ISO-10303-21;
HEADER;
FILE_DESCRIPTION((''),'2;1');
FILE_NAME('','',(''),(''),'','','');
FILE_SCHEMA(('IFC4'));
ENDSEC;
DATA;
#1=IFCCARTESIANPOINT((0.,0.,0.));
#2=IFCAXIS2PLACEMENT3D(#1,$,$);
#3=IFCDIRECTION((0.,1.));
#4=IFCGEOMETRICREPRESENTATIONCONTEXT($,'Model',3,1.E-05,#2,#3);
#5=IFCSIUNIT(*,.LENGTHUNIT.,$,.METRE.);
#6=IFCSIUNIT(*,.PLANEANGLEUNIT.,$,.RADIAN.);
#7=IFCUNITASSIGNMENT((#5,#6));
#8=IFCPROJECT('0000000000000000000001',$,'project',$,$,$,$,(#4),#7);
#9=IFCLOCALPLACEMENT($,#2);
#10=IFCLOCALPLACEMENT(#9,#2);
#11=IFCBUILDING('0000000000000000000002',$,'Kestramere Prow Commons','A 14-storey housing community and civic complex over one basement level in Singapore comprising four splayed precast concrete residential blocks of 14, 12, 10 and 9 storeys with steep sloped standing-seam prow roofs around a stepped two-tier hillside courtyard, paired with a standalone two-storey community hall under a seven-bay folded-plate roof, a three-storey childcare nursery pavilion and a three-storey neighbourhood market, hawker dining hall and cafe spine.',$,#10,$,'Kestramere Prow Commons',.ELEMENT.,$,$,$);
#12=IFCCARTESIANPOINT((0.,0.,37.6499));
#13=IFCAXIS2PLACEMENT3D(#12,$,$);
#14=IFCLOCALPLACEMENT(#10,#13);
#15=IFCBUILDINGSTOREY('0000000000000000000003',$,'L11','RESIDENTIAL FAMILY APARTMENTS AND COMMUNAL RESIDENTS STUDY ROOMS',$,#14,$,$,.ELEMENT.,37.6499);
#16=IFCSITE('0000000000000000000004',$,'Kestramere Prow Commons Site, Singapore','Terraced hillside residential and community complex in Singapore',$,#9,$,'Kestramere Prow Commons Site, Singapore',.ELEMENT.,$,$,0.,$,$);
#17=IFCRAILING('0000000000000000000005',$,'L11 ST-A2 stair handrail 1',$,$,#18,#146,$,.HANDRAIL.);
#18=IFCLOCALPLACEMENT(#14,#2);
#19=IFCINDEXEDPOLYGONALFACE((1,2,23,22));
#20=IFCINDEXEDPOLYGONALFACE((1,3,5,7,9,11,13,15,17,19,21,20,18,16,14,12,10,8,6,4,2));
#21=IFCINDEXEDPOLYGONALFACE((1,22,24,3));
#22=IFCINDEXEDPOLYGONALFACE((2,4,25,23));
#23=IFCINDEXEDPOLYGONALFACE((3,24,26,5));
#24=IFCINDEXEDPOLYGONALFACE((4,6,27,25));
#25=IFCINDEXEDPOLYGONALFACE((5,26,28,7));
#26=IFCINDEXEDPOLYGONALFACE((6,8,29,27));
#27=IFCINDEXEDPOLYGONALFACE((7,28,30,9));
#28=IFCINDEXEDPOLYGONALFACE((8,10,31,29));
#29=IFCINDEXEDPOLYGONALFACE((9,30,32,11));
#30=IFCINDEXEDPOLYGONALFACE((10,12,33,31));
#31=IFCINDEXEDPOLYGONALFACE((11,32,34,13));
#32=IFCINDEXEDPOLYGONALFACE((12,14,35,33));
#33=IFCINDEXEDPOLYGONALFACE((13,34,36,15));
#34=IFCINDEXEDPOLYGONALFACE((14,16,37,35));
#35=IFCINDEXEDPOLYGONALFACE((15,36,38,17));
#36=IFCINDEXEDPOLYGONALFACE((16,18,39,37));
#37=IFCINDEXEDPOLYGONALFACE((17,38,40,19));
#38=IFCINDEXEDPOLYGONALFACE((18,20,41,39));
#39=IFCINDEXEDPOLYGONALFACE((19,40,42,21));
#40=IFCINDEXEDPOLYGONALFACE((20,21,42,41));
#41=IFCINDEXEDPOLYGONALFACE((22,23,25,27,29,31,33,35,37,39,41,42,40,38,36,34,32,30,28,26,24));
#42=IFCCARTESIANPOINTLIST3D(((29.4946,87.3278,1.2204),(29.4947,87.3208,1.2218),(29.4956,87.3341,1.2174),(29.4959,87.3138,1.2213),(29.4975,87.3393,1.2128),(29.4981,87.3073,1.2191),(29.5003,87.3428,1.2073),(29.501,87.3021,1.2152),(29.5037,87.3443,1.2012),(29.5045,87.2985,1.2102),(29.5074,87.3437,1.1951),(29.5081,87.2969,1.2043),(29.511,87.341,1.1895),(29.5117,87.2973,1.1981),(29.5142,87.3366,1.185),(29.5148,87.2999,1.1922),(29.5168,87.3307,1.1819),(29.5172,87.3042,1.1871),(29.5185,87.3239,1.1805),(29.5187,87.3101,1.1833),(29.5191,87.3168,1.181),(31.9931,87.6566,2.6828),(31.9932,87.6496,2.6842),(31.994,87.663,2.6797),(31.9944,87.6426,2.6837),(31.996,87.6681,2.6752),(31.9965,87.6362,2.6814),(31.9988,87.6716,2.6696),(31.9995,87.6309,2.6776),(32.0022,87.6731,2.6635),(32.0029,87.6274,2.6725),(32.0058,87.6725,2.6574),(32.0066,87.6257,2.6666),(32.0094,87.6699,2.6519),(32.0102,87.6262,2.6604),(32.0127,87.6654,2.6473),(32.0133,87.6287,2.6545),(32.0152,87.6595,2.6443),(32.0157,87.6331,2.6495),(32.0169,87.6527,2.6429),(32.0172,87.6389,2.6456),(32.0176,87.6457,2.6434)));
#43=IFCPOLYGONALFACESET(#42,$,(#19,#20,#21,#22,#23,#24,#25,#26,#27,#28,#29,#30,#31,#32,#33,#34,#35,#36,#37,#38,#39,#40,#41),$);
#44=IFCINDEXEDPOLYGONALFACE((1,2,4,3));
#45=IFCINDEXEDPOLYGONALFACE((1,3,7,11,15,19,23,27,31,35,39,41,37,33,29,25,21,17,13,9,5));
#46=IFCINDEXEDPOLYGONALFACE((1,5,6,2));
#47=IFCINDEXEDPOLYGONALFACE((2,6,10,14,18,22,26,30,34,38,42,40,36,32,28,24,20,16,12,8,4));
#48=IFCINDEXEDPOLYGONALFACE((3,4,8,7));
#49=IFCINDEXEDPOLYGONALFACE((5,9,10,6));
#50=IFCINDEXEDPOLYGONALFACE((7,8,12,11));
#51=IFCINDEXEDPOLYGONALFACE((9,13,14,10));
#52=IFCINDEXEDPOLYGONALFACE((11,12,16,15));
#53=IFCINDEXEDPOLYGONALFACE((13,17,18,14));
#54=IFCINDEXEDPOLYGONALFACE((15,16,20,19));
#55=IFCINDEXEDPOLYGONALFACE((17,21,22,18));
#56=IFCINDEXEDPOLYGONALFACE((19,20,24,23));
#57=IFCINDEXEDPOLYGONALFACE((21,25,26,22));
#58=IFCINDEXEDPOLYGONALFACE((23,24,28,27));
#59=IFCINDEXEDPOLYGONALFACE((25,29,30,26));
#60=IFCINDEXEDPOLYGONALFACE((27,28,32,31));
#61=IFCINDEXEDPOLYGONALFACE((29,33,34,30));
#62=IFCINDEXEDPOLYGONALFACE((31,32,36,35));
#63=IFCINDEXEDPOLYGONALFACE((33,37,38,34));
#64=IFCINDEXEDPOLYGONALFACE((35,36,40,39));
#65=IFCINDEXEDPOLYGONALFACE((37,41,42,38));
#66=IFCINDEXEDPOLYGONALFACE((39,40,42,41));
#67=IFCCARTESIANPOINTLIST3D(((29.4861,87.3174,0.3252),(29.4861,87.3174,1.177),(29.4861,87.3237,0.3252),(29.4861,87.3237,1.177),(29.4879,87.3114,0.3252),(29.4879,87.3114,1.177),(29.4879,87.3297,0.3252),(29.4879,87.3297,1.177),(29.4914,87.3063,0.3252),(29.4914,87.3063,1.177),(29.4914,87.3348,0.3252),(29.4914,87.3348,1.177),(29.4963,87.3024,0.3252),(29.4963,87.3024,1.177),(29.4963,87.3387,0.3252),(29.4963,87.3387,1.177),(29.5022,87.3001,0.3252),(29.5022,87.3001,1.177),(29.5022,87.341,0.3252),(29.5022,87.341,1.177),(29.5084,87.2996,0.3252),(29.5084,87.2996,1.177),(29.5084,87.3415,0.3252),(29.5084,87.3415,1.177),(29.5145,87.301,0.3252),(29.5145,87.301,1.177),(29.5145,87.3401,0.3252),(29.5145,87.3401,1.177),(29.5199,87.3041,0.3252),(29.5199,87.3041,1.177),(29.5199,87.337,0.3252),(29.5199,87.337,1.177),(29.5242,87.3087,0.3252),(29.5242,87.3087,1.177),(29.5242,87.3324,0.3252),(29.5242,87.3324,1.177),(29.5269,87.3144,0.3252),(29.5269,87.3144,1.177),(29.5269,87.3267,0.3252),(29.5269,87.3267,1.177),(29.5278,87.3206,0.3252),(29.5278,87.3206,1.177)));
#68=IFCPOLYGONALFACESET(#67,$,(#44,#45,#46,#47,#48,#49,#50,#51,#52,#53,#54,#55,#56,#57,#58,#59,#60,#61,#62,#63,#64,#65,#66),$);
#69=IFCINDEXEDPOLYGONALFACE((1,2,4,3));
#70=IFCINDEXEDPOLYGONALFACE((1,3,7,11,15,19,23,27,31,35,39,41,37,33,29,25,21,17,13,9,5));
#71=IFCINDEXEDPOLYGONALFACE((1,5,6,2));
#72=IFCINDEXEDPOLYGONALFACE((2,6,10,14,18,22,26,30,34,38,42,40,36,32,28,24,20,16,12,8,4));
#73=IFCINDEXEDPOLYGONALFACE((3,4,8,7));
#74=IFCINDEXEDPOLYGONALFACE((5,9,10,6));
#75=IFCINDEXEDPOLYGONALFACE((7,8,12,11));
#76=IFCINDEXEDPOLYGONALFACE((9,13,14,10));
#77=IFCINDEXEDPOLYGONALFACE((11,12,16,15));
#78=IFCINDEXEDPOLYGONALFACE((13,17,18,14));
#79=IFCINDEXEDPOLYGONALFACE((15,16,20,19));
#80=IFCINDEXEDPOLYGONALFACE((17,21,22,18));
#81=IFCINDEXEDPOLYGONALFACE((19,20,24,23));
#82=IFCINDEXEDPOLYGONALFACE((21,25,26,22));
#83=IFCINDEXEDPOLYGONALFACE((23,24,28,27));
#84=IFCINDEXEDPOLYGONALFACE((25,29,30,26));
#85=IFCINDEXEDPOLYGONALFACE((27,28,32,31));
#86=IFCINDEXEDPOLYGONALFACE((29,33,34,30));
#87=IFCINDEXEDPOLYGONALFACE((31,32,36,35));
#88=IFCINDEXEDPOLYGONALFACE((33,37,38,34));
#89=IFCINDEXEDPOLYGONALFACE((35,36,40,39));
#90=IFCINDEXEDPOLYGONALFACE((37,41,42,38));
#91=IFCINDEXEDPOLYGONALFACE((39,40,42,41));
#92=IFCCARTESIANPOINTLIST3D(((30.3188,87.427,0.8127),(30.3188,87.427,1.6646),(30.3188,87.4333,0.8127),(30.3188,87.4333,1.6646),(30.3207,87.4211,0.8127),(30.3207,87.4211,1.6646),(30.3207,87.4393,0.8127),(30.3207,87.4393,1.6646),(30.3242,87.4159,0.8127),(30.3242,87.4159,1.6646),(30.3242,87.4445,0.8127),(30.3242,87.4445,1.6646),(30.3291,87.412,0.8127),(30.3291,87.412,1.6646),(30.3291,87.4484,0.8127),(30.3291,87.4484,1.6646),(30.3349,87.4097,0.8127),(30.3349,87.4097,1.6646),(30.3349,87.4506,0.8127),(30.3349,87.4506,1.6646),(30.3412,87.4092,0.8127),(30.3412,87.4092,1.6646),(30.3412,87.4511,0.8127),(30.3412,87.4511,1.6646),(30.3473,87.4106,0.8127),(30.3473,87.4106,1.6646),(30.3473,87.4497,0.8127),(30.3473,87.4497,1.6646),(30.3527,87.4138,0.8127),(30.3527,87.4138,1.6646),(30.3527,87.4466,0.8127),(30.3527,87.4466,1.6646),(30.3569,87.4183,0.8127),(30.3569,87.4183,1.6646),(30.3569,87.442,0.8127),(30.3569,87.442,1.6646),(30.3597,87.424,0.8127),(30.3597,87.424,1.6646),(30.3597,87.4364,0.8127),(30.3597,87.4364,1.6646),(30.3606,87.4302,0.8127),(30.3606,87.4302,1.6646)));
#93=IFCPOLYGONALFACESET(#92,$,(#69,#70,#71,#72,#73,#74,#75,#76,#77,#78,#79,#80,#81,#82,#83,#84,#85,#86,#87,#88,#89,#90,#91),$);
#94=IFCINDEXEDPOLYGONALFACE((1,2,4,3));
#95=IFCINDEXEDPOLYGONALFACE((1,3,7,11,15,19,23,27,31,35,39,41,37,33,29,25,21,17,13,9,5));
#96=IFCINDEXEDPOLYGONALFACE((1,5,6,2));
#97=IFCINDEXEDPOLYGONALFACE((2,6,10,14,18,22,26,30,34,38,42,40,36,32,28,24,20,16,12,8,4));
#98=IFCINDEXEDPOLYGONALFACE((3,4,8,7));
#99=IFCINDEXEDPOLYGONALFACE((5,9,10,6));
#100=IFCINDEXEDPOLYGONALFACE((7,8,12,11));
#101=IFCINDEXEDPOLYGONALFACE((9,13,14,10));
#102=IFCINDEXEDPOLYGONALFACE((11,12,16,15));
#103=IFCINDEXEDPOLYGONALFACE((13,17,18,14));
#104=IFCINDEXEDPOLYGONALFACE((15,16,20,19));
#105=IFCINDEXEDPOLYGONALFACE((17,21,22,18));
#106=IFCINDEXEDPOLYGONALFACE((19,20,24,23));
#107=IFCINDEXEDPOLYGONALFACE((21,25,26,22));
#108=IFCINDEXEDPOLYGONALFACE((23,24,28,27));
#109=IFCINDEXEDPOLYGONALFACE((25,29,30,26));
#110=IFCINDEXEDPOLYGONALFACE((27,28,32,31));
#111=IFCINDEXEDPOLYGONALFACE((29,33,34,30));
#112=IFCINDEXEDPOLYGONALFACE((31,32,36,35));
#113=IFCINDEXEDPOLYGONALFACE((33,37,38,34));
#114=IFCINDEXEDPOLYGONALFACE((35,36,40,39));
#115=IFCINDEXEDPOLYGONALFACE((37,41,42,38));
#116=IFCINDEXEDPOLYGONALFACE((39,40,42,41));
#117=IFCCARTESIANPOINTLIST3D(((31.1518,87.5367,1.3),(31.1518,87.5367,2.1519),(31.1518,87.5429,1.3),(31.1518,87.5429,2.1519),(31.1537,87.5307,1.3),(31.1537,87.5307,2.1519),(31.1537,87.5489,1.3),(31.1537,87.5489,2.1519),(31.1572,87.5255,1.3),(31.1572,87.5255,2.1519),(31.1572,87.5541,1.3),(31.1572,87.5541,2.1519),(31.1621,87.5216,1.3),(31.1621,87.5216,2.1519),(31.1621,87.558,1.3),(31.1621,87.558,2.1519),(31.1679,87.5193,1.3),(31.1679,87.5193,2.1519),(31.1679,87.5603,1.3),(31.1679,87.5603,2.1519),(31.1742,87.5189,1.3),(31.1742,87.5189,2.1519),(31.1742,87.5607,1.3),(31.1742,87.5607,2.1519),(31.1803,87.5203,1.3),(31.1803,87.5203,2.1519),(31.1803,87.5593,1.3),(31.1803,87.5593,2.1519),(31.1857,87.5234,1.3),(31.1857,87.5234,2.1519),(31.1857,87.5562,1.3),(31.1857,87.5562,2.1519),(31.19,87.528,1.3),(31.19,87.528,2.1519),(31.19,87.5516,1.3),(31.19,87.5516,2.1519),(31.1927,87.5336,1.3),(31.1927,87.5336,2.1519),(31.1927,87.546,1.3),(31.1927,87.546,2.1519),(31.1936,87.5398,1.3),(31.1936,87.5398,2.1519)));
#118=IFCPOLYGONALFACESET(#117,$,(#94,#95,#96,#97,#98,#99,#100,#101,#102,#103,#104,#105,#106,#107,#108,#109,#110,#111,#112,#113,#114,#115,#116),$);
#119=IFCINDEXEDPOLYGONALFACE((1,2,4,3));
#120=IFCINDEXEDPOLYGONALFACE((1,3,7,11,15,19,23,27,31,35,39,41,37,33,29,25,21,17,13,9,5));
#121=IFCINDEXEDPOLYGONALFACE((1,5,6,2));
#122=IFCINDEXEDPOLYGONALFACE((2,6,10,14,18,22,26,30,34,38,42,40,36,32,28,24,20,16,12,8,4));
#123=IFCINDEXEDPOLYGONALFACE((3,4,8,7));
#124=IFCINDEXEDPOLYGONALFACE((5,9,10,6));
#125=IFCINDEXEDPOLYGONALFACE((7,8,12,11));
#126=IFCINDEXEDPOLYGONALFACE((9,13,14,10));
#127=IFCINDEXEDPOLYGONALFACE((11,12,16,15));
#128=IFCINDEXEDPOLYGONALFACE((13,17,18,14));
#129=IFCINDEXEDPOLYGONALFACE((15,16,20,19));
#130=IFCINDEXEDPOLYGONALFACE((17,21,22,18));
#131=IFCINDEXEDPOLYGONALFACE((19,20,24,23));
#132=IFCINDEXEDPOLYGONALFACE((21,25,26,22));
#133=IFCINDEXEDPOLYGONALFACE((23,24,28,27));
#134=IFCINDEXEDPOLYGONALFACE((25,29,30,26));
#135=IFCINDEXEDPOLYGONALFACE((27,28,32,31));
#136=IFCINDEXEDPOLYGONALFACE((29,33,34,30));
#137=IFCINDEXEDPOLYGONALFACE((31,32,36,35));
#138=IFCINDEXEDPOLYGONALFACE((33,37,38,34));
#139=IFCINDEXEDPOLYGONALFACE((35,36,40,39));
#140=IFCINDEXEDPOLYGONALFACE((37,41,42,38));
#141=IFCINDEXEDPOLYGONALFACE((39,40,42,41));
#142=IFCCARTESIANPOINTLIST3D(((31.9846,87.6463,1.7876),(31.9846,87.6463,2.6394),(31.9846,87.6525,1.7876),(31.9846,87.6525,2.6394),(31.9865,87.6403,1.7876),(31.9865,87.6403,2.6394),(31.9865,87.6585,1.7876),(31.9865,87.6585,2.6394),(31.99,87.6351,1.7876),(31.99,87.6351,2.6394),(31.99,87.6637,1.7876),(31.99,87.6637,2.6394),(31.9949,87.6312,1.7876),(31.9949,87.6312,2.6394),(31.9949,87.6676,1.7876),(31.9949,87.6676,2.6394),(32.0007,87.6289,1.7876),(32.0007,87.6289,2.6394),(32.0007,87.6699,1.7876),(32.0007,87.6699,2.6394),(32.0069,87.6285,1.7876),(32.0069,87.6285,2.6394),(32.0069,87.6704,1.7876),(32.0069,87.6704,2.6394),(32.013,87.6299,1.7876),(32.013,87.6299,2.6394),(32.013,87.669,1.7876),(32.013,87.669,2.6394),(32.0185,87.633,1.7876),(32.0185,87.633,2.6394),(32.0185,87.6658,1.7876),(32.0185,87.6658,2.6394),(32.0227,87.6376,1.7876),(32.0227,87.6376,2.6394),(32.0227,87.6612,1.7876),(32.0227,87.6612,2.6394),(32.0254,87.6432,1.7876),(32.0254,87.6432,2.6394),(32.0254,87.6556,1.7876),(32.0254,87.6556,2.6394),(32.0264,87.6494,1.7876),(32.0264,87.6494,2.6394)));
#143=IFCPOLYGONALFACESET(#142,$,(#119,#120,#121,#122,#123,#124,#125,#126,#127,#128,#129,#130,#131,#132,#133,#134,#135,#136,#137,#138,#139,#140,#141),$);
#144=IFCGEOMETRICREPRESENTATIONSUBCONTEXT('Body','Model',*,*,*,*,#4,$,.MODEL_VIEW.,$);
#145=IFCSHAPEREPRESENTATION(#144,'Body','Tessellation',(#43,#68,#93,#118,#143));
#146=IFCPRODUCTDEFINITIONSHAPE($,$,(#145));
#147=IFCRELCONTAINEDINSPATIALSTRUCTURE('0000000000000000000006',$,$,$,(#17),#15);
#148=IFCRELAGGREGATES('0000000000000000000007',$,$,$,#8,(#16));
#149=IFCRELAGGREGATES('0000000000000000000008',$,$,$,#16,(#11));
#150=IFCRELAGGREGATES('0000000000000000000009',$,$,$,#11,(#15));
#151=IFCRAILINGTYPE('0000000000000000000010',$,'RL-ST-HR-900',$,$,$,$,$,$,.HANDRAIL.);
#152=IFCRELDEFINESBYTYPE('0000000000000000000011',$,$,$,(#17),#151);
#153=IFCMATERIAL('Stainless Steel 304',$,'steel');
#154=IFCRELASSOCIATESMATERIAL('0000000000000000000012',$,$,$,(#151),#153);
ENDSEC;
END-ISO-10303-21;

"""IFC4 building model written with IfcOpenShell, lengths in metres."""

from ifc_helpers import new_model, si_unit, direction, frame, origin, origin_2d, place, context, subcontext, project, spatial, circle, extrude, material, type_object, element, save


model = new_model("IFC4")

# Units and contexts
model_context = context("Model", 3, precision=1e-05, world=origin(), true_north=direction((0.0, 1.0)))
body_context = subcontext(model_context, "Body", "Model", "MODEL_VIEW")
ifc_project = project(units=[si_unit("LENGTHUNIT", "METRE"), si_unit("PLANEANGLEUNIT", "RADIAN")], contexts=[model_context])

# Site, building, storey
site_placement = place(None, origin())
site = spatial("IfcSite", under=ifc_project, at=site_placement, Name="Kestramere Prow Commons Site, Singapore", Description="Terraced hillside residential and community complex in Singapore", LongName="Kestramere Prow Commons Site, Singapore", CompositionType="ELEMENT", RefElevation=0.0)
building_placement = place(site_placement, origin())
building = spatial("IfcBuilding", under=site, at=building_placement, Name="Kestramere Prow Commons", Description="A 14-storey housing community and civic complex over one basement level in Singapore comprising four splayed precast concrete residential blocks of 14, 12, 10 and 9 storeys with steep sloped standing-seam prow roofs around a stepped two-tier hillside courtyard, paired with a standalone two-storey community hall under a seven-bay folded-plate roof, a three-storey childcare nursery pavilion and a three-storey neighbourhood market, hawker dining hall and cafe spine.", LongName="Kestramere Prow Commons", CompositionType="ELEMENT")
storey_placement = place(building_placement, frame((0.0, 0.0, 37.6499)))
storey = spatial("IfcBuildingStorey", under=building, at=storey_placement, Name="L11", Description="RESIDENTIAL FAMILY APARTMENTS AND COMMUNAL RESIDENTS STUDY ROOMS", CompositionType="ELEMENT", Elevation=37.6499)

# Railing
ifc_material_1 = material(Name="Stainless Steel 304", Category="steel")
railing_type_1 = type_object("IfcRailingType", Name="RL-ST-HR-900", PredefinedType="HANDRAIL", material=ifc_material_1)
railing_1_placement = place(storey_placement, frame((29.5068, 87.3206, 0.3252)))
element("IfcRailing", 1, at=railing_1_placement, inside=storey, type_object=railing_type_1, Name="L11 ST-A2 stair handrail 1", PredefinedType="HANDRAIL", context=body_context, shape_type="SweptSolid", body=[
    extrude(circle(Radius=0.0239, at=origin_2d()), frame((0.0, 0.0, 0.876), z_axis=(0.857523, 0.112867, 0.501912), x_axis=(-0.130495, 0.991449, 0.0)), (0.0, 0.0, 1.0), 2.9136),
    extrude(circle(Radius=0.021, at=origin_2d()), origin(), (0.0, 0.0, 1.0), 0.8518),
    extrude(circle(Radius=0.021, at=origin_2d()), frame((0.8328, 0.1096, 0.4875)), (0.0, 0.0, 1.0), 0.8518),
    extrude(circle(Radius=0.021, at=origin_2d()), frame((1.6658, 0.2192, 0.9749)), (0.0, 0.0, 1.0), 0.8518),
    extrude(circle(Radius=0.021, at=origin_2d()), frame((2.4985, 0.3289, 1.4624)), (0.0, 0.0, 1.0), 0.8518),
])

save(model, "model.ifc")
